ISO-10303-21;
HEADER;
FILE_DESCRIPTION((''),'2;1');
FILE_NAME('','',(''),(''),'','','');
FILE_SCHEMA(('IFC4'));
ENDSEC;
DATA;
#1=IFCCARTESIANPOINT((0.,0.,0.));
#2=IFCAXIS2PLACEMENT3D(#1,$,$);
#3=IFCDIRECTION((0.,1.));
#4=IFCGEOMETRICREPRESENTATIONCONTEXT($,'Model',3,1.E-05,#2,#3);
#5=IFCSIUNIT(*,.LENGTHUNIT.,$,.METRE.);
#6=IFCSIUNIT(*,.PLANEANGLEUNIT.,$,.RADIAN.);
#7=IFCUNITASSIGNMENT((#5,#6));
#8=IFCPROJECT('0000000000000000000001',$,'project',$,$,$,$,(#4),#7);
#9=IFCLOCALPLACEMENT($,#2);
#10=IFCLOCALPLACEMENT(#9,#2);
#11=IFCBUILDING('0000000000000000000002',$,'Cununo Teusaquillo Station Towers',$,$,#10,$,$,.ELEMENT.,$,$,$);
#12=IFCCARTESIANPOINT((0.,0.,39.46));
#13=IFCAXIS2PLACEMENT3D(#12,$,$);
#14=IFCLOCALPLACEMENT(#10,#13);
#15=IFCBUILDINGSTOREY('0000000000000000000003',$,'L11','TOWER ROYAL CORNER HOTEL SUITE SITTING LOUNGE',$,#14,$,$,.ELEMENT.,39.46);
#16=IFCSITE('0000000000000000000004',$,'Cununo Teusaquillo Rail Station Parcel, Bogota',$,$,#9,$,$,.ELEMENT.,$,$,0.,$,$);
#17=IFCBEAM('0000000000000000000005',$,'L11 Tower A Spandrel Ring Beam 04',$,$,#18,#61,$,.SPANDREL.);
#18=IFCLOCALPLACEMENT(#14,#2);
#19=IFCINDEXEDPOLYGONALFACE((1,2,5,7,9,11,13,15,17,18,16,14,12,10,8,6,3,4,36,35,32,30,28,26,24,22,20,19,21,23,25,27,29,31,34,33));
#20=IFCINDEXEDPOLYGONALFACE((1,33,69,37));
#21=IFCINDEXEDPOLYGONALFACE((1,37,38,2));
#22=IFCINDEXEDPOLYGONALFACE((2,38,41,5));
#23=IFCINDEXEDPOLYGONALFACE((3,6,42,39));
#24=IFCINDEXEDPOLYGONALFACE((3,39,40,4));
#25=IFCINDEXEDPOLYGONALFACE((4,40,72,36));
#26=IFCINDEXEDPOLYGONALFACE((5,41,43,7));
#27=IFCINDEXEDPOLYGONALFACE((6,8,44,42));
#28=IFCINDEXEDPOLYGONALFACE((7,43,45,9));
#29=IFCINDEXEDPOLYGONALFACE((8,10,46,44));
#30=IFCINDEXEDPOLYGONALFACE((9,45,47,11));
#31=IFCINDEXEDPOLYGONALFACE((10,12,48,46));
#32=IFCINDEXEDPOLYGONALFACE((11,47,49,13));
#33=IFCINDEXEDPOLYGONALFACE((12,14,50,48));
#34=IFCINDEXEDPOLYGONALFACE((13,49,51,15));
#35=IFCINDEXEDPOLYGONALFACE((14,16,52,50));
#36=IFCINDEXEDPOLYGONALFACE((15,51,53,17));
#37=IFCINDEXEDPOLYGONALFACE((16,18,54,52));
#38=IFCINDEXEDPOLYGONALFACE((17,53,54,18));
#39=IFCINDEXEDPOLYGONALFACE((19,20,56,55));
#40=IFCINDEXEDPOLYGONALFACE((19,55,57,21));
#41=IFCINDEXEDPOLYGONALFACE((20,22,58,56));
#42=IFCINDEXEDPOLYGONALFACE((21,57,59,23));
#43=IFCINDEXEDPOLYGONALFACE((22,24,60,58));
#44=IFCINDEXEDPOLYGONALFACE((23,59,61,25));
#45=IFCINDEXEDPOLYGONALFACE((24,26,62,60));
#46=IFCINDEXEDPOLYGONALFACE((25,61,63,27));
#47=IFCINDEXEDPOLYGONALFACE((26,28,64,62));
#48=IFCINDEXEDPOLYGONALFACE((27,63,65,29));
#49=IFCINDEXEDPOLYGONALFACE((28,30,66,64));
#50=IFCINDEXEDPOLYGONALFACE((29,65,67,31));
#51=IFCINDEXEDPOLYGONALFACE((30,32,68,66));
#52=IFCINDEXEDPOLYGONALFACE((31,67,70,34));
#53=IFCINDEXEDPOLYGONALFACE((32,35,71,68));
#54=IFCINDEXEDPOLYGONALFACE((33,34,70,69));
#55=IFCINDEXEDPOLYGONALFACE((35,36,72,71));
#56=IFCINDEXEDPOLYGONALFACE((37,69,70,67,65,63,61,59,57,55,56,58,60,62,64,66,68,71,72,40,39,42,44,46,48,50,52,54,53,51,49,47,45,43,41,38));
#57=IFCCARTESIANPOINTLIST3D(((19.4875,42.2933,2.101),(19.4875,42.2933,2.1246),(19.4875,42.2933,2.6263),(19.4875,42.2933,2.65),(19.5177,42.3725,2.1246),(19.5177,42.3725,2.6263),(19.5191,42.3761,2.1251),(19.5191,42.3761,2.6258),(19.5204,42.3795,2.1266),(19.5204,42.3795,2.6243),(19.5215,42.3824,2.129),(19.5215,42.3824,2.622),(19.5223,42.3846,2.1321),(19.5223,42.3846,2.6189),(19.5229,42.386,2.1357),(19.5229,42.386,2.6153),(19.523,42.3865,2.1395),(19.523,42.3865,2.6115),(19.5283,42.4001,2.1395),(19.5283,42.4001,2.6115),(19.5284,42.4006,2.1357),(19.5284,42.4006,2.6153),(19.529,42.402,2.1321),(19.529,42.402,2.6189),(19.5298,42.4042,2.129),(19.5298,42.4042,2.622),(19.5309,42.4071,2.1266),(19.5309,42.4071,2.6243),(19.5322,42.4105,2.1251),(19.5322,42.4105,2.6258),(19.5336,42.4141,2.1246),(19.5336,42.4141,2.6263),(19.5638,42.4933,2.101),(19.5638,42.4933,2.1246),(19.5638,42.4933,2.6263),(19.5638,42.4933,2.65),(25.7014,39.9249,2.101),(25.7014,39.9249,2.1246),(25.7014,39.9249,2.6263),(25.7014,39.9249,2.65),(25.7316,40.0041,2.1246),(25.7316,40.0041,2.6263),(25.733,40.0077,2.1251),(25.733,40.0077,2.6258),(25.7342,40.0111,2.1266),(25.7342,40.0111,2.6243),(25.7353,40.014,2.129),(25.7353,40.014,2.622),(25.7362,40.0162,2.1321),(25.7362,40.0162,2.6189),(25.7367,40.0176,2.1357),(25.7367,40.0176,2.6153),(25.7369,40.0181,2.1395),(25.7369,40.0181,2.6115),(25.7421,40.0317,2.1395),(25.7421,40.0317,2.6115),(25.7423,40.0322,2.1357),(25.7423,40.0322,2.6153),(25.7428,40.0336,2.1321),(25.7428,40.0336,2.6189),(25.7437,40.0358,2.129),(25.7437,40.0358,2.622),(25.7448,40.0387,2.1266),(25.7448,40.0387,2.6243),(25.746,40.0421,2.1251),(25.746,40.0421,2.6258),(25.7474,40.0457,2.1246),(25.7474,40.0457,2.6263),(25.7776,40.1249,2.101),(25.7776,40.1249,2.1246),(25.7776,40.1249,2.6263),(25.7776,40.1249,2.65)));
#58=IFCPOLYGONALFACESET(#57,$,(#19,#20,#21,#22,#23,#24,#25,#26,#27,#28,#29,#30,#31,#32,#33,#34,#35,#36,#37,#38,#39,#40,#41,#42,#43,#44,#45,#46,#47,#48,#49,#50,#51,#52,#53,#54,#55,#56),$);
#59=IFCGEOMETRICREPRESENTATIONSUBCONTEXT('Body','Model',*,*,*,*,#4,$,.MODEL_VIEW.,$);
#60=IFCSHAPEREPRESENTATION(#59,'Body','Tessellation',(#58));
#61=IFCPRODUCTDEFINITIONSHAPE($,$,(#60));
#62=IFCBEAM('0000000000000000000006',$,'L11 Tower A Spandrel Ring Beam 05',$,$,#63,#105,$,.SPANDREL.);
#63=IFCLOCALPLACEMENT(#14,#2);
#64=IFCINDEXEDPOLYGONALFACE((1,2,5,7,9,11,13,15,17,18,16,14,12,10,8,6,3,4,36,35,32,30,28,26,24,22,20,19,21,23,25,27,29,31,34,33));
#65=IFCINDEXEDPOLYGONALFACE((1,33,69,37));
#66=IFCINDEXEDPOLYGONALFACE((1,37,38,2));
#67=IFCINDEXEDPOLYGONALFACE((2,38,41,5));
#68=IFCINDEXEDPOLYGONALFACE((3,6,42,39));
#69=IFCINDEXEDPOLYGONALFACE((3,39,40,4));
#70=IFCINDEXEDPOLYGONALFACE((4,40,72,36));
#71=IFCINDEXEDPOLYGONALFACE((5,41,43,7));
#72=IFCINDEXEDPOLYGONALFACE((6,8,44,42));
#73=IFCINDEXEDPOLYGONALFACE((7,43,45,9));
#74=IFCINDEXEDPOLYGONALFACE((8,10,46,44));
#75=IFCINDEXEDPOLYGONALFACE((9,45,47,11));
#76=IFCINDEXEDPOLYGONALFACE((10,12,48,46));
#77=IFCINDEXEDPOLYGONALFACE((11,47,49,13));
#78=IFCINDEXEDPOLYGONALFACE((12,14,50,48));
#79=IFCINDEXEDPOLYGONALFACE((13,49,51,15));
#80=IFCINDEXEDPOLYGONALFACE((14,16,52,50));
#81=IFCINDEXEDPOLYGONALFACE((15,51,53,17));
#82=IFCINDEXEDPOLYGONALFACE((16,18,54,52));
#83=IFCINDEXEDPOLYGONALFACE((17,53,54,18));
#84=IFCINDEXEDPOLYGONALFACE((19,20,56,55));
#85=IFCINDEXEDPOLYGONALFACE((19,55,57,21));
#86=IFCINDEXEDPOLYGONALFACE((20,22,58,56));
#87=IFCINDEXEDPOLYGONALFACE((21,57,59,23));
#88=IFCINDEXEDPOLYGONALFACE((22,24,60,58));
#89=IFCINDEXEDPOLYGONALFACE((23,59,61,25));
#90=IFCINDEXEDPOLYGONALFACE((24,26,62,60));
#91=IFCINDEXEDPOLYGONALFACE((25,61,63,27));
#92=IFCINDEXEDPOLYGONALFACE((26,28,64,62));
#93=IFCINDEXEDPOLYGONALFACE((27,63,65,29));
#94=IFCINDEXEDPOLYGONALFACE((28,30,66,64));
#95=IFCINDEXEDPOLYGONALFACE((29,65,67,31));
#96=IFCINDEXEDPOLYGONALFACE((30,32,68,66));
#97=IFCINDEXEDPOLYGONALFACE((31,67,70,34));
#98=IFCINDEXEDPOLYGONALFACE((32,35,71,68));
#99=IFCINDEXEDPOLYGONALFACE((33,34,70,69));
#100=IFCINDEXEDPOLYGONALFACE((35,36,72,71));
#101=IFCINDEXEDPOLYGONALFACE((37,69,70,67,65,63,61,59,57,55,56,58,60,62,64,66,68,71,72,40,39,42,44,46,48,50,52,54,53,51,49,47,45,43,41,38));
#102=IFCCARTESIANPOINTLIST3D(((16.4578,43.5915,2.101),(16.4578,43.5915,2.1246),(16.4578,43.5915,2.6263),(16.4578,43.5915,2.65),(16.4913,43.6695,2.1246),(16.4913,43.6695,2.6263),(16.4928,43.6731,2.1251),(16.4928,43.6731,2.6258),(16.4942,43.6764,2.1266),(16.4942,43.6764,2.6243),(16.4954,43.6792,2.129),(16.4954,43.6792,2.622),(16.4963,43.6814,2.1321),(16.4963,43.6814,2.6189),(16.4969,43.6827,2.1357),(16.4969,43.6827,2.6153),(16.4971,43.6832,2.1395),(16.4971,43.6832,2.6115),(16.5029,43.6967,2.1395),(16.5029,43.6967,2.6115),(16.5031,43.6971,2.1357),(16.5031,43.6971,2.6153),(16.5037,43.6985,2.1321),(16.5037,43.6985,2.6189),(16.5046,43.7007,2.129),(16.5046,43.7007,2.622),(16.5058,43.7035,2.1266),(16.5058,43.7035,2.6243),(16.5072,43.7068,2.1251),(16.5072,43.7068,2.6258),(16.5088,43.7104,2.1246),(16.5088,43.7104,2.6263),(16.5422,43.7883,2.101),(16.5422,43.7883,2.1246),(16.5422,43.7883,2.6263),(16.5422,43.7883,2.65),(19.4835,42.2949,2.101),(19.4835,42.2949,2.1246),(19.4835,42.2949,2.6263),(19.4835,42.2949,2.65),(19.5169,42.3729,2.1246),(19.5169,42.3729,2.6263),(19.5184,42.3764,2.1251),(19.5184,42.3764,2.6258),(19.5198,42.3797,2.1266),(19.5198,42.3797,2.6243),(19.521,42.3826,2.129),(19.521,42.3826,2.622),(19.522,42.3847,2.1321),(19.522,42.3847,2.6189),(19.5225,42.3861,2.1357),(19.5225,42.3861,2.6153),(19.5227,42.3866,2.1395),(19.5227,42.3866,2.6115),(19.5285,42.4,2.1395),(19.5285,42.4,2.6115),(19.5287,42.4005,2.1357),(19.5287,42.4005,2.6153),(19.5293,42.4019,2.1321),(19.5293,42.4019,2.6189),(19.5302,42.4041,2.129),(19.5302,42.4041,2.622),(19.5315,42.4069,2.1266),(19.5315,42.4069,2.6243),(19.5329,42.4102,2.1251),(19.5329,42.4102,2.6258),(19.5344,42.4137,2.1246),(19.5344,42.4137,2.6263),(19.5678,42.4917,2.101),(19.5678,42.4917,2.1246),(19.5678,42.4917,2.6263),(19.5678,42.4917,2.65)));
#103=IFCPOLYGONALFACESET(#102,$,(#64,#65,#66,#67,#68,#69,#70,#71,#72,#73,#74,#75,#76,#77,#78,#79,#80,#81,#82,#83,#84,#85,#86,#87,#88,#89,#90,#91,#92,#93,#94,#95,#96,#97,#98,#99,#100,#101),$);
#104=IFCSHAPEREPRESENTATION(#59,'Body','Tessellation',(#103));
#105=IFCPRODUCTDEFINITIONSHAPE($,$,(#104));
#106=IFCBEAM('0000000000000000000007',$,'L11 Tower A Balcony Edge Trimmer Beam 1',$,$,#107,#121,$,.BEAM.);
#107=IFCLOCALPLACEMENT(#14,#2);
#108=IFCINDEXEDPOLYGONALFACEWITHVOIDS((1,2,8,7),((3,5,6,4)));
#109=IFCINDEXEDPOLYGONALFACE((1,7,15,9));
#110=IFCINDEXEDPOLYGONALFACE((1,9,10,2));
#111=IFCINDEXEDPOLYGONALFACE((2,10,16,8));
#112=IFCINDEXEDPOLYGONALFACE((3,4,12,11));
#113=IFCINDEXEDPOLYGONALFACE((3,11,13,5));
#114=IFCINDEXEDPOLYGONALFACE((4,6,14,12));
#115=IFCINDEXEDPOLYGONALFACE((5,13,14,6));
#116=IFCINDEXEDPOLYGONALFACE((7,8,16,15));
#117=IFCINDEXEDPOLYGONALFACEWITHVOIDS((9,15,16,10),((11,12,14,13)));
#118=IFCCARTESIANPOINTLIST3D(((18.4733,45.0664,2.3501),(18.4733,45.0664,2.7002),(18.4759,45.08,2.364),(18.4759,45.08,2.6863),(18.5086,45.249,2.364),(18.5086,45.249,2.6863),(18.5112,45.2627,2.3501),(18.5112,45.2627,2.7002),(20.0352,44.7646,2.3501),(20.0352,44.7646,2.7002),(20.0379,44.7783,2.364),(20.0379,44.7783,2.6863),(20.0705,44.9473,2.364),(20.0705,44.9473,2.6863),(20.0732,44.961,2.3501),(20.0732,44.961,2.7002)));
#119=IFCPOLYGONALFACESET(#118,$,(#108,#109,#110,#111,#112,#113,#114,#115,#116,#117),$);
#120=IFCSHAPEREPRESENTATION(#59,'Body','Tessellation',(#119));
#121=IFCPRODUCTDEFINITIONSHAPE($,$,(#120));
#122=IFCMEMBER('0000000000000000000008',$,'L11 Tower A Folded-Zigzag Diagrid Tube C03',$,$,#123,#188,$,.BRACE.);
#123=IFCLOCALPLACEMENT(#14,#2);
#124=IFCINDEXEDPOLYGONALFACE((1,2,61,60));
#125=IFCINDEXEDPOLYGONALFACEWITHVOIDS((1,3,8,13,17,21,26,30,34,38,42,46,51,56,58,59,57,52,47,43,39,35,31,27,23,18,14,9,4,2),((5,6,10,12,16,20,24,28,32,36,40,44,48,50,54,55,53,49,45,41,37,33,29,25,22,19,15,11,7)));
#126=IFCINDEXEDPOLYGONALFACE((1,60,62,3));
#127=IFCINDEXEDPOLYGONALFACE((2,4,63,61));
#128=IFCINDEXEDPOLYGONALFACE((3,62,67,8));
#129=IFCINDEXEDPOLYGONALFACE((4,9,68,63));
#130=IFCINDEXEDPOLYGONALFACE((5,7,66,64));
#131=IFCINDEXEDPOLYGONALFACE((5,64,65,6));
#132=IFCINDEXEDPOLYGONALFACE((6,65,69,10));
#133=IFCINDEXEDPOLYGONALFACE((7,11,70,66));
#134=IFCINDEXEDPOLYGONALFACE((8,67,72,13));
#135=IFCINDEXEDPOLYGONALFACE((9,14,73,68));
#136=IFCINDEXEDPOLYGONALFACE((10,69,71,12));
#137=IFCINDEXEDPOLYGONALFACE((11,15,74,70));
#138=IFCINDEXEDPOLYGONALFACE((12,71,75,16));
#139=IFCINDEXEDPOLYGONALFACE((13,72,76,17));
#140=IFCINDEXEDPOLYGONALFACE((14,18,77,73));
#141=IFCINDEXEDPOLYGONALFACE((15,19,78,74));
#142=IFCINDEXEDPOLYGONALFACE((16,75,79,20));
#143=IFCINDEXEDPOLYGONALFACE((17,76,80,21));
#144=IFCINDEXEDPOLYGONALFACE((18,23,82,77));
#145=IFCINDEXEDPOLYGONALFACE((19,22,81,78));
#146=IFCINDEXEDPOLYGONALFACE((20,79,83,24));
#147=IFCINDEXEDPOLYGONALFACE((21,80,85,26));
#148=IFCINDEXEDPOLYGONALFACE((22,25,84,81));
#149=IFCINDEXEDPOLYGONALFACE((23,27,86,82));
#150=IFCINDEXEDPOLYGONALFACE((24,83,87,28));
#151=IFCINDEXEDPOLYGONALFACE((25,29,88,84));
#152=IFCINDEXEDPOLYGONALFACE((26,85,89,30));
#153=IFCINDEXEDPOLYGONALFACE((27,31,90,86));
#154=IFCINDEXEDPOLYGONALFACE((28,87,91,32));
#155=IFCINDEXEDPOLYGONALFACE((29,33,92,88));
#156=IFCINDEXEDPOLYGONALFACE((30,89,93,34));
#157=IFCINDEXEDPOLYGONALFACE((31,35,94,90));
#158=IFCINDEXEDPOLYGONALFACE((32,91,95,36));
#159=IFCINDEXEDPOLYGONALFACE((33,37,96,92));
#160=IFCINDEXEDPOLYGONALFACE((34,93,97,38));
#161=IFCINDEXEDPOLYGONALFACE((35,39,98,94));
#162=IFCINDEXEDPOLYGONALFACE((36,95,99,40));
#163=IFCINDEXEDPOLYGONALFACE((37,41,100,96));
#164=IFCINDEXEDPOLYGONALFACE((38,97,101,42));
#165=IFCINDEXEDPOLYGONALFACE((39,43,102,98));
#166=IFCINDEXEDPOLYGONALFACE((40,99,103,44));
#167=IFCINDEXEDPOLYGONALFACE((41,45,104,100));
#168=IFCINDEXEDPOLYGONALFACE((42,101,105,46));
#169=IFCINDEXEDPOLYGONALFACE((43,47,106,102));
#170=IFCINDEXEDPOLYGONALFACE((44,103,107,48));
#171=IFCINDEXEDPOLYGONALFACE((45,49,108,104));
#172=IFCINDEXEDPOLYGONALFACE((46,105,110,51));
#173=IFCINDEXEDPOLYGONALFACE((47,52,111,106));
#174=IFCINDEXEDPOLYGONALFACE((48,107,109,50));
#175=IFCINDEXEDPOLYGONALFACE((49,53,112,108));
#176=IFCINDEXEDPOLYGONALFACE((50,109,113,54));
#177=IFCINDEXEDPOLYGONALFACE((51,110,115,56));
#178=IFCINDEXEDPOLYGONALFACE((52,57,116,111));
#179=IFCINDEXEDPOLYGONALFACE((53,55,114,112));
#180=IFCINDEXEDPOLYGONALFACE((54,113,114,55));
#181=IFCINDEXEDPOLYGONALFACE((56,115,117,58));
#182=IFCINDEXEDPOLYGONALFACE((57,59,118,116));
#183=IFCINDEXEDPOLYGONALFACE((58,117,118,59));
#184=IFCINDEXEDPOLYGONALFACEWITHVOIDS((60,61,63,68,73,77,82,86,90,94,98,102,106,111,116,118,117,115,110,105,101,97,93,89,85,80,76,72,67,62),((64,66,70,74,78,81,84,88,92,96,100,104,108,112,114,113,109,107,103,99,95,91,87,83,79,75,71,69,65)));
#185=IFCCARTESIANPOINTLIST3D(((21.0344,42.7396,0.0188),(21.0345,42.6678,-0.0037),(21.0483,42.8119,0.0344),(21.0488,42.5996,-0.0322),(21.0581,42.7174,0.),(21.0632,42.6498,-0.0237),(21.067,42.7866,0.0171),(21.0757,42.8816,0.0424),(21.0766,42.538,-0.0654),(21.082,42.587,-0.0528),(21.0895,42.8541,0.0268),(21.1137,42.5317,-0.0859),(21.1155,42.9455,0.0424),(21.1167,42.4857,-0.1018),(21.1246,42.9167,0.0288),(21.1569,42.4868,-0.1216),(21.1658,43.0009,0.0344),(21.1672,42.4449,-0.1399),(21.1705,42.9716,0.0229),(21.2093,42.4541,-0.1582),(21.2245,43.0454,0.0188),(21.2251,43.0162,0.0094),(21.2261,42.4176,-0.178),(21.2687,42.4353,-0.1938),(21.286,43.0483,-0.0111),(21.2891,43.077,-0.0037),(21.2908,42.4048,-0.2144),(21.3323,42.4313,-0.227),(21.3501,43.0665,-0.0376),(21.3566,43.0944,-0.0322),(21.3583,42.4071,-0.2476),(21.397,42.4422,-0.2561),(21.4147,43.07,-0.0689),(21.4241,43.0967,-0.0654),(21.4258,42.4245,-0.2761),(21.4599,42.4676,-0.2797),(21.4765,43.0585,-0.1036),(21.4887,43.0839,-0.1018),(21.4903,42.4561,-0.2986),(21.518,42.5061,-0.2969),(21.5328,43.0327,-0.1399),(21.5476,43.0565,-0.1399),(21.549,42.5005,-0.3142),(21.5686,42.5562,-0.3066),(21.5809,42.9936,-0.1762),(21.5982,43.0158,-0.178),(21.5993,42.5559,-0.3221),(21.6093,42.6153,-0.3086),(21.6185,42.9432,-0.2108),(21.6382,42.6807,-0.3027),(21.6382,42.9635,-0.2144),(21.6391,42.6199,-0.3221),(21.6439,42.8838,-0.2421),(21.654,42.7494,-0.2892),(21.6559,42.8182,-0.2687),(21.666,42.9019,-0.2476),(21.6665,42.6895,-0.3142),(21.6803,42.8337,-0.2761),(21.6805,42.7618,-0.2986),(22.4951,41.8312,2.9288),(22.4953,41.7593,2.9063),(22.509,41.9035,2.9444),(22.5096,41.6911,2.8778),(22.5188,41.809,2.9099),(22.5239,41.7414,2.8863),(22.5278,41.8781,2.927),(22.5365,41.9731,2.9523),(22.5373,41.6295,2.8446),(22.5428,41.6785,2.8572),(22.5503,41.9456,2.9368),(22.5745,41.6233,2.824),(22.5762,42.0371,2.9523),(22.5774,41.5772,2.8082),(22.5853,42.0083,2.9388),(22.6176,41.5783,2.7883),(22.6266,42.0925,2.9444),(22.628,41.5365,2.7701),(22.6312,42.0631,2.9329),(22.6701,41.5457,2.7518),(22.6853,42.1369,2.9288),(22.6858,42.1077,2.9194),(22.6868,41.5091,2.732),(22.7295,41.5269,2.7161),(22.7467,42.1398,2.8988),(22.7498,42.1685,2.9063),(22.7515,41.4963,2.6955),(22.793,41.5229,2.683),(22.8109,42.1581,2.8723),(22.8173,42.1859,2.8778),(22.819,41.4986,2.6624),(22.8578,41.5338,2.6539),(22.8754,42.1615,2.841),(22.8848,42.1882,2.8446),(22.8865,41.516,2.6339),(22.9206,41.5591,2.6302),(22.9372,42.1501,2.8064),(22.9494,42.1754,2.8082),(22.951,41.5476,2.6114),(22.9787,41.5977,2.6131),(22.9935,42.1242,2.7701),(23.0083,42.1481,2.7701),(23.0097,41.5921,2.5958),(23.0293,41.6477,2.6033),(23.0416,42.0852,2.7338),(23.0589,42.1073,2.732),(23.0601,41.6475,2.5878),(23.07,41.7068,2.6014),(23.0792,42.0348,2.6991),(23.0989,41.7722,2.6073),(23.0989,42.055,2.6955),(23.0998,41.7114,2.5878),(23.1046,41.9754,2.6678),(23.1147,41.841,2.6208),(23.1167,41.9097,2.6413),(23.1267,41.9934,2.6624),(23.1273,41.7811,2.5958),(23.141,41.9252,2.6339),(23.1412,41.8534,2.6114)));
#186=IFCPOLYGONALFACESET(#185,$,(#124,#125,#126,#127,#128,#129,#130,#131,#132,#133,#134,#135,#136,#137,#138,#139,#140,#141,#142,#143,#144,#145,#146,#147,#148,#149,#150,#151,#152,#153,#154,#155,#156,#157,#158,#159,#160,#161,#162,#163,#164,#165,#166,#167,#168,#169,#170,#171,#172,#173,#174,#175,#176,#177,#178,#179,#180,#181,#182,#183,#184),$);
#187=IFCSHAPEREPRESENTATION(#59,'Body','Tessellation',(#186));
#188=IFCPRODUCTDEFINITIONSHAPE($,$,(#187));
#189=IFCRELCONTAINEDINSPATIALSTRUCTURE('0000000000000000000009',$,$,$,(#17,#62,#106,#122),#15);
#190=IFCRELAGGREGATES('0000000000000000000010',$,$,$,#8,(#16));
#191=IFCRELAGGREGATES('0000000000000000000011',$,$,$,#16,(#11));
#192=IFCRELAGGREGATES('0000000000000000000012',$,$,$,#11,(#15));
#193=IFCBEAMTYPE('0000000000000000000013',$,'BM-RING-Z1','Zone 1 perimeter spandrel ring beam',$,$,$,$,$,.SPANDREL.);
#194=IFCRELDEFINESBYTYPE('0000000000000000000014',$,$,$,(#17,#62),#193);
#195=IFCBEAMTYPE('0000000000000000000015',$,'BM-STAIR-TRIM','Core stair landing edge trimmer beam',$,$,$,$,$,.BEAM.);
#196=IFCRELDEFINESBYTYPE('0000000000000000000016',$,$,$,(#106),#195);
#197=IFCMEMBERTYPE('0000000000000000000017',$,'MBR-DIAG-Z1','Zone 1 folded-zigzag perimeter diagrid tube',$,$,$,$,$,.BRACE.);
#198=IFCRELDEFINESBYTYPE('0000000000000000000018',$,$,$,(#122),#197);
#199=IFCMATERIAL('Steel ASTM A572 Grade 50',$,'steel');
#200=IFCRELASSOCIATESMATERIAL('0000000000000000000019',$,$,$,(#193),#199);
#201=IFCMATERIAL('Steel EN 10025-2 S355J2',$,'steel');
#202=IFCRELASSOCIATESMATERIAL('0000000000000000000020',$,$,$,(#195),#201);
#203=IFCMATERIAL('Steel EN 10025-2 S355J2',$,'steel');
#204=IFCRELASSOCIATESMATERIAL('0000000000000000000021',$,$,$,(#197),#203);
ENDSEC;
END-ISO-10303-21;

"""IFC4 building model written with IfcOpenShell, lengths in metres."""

from ifc_helpers import new_model, si_unit, direction, frame, origin, origin_2d, place, context, subcontext, project, spatial, hollow_rectangle, hollow_circle, i_section, extrude, material, material_profile, profile_set, type_object, element, save


model = new_model("IFC4")

# Units and contexts
model_context = context("Model", 3, precision=1e-05, world=origin(), true_north=direction((0.0, 1.0)))
body_context = subcontext(model_context, "Body", "Model", "MODEL_VIEW")
ifc_project = project(units=[si_unit("LENGTHUNIT", "METRE"), si_unit("PLANEANGLEUNIT", "RADIAN")], contexts=[model_context])

# Site, building, storey
site_placement = place(None, origin())
site = spatial("IfcSite", under=ifc_project, at=site_placement, Name="Cununo Teusaquillo Rail Station Parcel, Bogota", CompositionType="ELEMENT", RefElevation=0.0)
building_placement = place(site_placement, origin())
building = spatial("IfcBuilding", under=site, at=building_placement, Name="Cununo Teusaquillo Station Towers", CompositionType="ELEMENT")
storey_placement = place(building_placement, frame((0.0, 0.0, 39.46)))
storey = spatial("IfcBuildingStorey", under=building, at=storey_placement, Name="L11", Description="TOWER ROYAL CORNER HOTEL SUITE SITTING LOUNGE", CompositionType="ELEMENT", Elevation=39.46)

# Beams
ifc_material_1 = material(Name="Steel ASTM A572 Grade 50", Category="steel")
ifc_material_profile_1 = material_profile(ifc_material_1, i_section(OverallWidth=0.2141, OverallDepth=0.5491, WebThickness=0.0146, FlangeThickness=0.0237, FilletRadius=0.0149, at=origin_2d()), Name="W21X93")
ifc_profile_set_1 = profile_set([ifc_material_profile_1], Name="Steel ASTM A572 Grade 50")
beam_type_1 = type_object("IfcBeamType", Name="BM-RING-Z1", Description="Zone 1 perimeter spandrel ring beam", PredefinedType="SPANDREL", material=ifc_profile_set_1)
beam_1_placement = place(storey_placement, frame((25.7395, 40.0249, 2.3755), z_axis=(-0.934427, 0.356156, 0.0), x_axis=(-0.356156, -0.934427, 0.0)))
element("IfcBeam", 1, at=beam_1_placement, inside=storey, type_object=beam_type_1, Name="L11 Tower A Spandrel Ring Beam 04", PredefinedType="SPANDREL", context=body_context, shape_type="SweptSolid", body=[
    extrude(i_section(OverallWidth=0.2141, OverallDepth=0.5491, WebThickness=0.0146, FlangeThickness=0.0237, FilletRadius=0.0149, at=origin_2d()), origin(), (0.0, 0.0, 1.0), 6.6499),
])
beam_2_placement = place(storey_placement, frame((19.5256, 42.3933, 2.3755), z_axis=(-0.919153, 0.393901, 0.0), x_axis=(-0.393901, -0.919153, 0.0)))
element("IfcBeam", 2, at=beam_2_placement, inside=storey, type_object=beam_type_1, Name="L11 Tower A Spandrel Ring Beam 05", PredefinedType="SPANDREL", context=body_context, shape_type="SweptSolid", body=[
    extrude(i_section(OverallWidth=0.2141, OverallDepth=0.5491, WebThickness=0.0146, FlangeThickness=0.0237, FilletRadius=0.0149, at=origin_2d()), origin(), (0.0, 0.0, 1.0), 3.2917),
])
ifc_material_2 = material(Name="Steel EN 10025-2 S355J2", Category="steel")
ifc_material_profile_2 = material_profile(ifc_material_2, hollow_rectangle(XDim=0.2, YDim=0.3501, WallThickness=0.0139, at=origin_2d()), Name="RHS 350x200x14")
ifc_profile_set_2 = profile_set([ifc_material_profile_2], Name="Steel EN 10025-2 S355J2")
beam_type_2 = type_object("IfcBeamType", Name="BM-STAIR-TRIM", Description="Core stair landing edge trimmer beam", PredefinedType="BEAM", material=ifc_profile_set_2)
beam_3_placement = place(storey_placement, frame((20.0542, 44.8628, 2.5251), z_axis=(-0.981846, 0.189678, 0.0), x_axis=(-0.189678, -0.981846, 0.0)))
element("IfcBeam", 3, at=beam_3_placement, inside=storey, type_object=beam_type_2, Name="L11 Tower A Balcony Edge Trimmer Beam 1", PredefinedType="BEAM", context=body_context, shape_type="SweptSolid", body=[
    extrude(hollow_rectangle(XDim=0.2, YDim=0.3501, WallThickness=0.0139, at=origin_2d()), origin(), (0.0, 0.0, 1.0), 1.5908),
])

# Member
ifc_material_3 = material(Name="Steel EN 10025-2 S355J2", Category="steel")
ifc_material_profile_3 = material_profile(ifc_material_3, hollow_circle(Radius=0.3601, WallThickness=0.0281, at=origin_2d()), Name="CHS 720x28")
ifc_profile_set_3 = profile_set([ifc_material_profile_3], Name="Steel EN 10025-2 S355J2")
member_type = type_object("IfcMemberType", Name="MBR-DIAG-Z1", Description="Zone 1 folded-zigzag perimeter diagrid tube", PredefinedType="BRACE", material=ifc_profile_set_3)
member_placement = place(storey_placement, frame((21.3574, 42.7507, -0.1399), z_axis=(0.432118, -0.268747, 0.860842), x_axis=(0.528122, 0.849168, 0.0)))
element("IfcMember", 4, at=member_placement, inside=storey, type_object=member_type, Name="L11 Tower A Folded-Zigzag Diagrid Tube C03", PredefinedType="BRACE", context=body_context, shape_type="SweptSolid", body=[
    extrude(hollow_circle(Radius=0.3601, WallThickness=0.0281, at=origin_2d()), origin(), (0.0, 0.0, 1.0), 3.3804),
])

save(model, "model.ifc")
